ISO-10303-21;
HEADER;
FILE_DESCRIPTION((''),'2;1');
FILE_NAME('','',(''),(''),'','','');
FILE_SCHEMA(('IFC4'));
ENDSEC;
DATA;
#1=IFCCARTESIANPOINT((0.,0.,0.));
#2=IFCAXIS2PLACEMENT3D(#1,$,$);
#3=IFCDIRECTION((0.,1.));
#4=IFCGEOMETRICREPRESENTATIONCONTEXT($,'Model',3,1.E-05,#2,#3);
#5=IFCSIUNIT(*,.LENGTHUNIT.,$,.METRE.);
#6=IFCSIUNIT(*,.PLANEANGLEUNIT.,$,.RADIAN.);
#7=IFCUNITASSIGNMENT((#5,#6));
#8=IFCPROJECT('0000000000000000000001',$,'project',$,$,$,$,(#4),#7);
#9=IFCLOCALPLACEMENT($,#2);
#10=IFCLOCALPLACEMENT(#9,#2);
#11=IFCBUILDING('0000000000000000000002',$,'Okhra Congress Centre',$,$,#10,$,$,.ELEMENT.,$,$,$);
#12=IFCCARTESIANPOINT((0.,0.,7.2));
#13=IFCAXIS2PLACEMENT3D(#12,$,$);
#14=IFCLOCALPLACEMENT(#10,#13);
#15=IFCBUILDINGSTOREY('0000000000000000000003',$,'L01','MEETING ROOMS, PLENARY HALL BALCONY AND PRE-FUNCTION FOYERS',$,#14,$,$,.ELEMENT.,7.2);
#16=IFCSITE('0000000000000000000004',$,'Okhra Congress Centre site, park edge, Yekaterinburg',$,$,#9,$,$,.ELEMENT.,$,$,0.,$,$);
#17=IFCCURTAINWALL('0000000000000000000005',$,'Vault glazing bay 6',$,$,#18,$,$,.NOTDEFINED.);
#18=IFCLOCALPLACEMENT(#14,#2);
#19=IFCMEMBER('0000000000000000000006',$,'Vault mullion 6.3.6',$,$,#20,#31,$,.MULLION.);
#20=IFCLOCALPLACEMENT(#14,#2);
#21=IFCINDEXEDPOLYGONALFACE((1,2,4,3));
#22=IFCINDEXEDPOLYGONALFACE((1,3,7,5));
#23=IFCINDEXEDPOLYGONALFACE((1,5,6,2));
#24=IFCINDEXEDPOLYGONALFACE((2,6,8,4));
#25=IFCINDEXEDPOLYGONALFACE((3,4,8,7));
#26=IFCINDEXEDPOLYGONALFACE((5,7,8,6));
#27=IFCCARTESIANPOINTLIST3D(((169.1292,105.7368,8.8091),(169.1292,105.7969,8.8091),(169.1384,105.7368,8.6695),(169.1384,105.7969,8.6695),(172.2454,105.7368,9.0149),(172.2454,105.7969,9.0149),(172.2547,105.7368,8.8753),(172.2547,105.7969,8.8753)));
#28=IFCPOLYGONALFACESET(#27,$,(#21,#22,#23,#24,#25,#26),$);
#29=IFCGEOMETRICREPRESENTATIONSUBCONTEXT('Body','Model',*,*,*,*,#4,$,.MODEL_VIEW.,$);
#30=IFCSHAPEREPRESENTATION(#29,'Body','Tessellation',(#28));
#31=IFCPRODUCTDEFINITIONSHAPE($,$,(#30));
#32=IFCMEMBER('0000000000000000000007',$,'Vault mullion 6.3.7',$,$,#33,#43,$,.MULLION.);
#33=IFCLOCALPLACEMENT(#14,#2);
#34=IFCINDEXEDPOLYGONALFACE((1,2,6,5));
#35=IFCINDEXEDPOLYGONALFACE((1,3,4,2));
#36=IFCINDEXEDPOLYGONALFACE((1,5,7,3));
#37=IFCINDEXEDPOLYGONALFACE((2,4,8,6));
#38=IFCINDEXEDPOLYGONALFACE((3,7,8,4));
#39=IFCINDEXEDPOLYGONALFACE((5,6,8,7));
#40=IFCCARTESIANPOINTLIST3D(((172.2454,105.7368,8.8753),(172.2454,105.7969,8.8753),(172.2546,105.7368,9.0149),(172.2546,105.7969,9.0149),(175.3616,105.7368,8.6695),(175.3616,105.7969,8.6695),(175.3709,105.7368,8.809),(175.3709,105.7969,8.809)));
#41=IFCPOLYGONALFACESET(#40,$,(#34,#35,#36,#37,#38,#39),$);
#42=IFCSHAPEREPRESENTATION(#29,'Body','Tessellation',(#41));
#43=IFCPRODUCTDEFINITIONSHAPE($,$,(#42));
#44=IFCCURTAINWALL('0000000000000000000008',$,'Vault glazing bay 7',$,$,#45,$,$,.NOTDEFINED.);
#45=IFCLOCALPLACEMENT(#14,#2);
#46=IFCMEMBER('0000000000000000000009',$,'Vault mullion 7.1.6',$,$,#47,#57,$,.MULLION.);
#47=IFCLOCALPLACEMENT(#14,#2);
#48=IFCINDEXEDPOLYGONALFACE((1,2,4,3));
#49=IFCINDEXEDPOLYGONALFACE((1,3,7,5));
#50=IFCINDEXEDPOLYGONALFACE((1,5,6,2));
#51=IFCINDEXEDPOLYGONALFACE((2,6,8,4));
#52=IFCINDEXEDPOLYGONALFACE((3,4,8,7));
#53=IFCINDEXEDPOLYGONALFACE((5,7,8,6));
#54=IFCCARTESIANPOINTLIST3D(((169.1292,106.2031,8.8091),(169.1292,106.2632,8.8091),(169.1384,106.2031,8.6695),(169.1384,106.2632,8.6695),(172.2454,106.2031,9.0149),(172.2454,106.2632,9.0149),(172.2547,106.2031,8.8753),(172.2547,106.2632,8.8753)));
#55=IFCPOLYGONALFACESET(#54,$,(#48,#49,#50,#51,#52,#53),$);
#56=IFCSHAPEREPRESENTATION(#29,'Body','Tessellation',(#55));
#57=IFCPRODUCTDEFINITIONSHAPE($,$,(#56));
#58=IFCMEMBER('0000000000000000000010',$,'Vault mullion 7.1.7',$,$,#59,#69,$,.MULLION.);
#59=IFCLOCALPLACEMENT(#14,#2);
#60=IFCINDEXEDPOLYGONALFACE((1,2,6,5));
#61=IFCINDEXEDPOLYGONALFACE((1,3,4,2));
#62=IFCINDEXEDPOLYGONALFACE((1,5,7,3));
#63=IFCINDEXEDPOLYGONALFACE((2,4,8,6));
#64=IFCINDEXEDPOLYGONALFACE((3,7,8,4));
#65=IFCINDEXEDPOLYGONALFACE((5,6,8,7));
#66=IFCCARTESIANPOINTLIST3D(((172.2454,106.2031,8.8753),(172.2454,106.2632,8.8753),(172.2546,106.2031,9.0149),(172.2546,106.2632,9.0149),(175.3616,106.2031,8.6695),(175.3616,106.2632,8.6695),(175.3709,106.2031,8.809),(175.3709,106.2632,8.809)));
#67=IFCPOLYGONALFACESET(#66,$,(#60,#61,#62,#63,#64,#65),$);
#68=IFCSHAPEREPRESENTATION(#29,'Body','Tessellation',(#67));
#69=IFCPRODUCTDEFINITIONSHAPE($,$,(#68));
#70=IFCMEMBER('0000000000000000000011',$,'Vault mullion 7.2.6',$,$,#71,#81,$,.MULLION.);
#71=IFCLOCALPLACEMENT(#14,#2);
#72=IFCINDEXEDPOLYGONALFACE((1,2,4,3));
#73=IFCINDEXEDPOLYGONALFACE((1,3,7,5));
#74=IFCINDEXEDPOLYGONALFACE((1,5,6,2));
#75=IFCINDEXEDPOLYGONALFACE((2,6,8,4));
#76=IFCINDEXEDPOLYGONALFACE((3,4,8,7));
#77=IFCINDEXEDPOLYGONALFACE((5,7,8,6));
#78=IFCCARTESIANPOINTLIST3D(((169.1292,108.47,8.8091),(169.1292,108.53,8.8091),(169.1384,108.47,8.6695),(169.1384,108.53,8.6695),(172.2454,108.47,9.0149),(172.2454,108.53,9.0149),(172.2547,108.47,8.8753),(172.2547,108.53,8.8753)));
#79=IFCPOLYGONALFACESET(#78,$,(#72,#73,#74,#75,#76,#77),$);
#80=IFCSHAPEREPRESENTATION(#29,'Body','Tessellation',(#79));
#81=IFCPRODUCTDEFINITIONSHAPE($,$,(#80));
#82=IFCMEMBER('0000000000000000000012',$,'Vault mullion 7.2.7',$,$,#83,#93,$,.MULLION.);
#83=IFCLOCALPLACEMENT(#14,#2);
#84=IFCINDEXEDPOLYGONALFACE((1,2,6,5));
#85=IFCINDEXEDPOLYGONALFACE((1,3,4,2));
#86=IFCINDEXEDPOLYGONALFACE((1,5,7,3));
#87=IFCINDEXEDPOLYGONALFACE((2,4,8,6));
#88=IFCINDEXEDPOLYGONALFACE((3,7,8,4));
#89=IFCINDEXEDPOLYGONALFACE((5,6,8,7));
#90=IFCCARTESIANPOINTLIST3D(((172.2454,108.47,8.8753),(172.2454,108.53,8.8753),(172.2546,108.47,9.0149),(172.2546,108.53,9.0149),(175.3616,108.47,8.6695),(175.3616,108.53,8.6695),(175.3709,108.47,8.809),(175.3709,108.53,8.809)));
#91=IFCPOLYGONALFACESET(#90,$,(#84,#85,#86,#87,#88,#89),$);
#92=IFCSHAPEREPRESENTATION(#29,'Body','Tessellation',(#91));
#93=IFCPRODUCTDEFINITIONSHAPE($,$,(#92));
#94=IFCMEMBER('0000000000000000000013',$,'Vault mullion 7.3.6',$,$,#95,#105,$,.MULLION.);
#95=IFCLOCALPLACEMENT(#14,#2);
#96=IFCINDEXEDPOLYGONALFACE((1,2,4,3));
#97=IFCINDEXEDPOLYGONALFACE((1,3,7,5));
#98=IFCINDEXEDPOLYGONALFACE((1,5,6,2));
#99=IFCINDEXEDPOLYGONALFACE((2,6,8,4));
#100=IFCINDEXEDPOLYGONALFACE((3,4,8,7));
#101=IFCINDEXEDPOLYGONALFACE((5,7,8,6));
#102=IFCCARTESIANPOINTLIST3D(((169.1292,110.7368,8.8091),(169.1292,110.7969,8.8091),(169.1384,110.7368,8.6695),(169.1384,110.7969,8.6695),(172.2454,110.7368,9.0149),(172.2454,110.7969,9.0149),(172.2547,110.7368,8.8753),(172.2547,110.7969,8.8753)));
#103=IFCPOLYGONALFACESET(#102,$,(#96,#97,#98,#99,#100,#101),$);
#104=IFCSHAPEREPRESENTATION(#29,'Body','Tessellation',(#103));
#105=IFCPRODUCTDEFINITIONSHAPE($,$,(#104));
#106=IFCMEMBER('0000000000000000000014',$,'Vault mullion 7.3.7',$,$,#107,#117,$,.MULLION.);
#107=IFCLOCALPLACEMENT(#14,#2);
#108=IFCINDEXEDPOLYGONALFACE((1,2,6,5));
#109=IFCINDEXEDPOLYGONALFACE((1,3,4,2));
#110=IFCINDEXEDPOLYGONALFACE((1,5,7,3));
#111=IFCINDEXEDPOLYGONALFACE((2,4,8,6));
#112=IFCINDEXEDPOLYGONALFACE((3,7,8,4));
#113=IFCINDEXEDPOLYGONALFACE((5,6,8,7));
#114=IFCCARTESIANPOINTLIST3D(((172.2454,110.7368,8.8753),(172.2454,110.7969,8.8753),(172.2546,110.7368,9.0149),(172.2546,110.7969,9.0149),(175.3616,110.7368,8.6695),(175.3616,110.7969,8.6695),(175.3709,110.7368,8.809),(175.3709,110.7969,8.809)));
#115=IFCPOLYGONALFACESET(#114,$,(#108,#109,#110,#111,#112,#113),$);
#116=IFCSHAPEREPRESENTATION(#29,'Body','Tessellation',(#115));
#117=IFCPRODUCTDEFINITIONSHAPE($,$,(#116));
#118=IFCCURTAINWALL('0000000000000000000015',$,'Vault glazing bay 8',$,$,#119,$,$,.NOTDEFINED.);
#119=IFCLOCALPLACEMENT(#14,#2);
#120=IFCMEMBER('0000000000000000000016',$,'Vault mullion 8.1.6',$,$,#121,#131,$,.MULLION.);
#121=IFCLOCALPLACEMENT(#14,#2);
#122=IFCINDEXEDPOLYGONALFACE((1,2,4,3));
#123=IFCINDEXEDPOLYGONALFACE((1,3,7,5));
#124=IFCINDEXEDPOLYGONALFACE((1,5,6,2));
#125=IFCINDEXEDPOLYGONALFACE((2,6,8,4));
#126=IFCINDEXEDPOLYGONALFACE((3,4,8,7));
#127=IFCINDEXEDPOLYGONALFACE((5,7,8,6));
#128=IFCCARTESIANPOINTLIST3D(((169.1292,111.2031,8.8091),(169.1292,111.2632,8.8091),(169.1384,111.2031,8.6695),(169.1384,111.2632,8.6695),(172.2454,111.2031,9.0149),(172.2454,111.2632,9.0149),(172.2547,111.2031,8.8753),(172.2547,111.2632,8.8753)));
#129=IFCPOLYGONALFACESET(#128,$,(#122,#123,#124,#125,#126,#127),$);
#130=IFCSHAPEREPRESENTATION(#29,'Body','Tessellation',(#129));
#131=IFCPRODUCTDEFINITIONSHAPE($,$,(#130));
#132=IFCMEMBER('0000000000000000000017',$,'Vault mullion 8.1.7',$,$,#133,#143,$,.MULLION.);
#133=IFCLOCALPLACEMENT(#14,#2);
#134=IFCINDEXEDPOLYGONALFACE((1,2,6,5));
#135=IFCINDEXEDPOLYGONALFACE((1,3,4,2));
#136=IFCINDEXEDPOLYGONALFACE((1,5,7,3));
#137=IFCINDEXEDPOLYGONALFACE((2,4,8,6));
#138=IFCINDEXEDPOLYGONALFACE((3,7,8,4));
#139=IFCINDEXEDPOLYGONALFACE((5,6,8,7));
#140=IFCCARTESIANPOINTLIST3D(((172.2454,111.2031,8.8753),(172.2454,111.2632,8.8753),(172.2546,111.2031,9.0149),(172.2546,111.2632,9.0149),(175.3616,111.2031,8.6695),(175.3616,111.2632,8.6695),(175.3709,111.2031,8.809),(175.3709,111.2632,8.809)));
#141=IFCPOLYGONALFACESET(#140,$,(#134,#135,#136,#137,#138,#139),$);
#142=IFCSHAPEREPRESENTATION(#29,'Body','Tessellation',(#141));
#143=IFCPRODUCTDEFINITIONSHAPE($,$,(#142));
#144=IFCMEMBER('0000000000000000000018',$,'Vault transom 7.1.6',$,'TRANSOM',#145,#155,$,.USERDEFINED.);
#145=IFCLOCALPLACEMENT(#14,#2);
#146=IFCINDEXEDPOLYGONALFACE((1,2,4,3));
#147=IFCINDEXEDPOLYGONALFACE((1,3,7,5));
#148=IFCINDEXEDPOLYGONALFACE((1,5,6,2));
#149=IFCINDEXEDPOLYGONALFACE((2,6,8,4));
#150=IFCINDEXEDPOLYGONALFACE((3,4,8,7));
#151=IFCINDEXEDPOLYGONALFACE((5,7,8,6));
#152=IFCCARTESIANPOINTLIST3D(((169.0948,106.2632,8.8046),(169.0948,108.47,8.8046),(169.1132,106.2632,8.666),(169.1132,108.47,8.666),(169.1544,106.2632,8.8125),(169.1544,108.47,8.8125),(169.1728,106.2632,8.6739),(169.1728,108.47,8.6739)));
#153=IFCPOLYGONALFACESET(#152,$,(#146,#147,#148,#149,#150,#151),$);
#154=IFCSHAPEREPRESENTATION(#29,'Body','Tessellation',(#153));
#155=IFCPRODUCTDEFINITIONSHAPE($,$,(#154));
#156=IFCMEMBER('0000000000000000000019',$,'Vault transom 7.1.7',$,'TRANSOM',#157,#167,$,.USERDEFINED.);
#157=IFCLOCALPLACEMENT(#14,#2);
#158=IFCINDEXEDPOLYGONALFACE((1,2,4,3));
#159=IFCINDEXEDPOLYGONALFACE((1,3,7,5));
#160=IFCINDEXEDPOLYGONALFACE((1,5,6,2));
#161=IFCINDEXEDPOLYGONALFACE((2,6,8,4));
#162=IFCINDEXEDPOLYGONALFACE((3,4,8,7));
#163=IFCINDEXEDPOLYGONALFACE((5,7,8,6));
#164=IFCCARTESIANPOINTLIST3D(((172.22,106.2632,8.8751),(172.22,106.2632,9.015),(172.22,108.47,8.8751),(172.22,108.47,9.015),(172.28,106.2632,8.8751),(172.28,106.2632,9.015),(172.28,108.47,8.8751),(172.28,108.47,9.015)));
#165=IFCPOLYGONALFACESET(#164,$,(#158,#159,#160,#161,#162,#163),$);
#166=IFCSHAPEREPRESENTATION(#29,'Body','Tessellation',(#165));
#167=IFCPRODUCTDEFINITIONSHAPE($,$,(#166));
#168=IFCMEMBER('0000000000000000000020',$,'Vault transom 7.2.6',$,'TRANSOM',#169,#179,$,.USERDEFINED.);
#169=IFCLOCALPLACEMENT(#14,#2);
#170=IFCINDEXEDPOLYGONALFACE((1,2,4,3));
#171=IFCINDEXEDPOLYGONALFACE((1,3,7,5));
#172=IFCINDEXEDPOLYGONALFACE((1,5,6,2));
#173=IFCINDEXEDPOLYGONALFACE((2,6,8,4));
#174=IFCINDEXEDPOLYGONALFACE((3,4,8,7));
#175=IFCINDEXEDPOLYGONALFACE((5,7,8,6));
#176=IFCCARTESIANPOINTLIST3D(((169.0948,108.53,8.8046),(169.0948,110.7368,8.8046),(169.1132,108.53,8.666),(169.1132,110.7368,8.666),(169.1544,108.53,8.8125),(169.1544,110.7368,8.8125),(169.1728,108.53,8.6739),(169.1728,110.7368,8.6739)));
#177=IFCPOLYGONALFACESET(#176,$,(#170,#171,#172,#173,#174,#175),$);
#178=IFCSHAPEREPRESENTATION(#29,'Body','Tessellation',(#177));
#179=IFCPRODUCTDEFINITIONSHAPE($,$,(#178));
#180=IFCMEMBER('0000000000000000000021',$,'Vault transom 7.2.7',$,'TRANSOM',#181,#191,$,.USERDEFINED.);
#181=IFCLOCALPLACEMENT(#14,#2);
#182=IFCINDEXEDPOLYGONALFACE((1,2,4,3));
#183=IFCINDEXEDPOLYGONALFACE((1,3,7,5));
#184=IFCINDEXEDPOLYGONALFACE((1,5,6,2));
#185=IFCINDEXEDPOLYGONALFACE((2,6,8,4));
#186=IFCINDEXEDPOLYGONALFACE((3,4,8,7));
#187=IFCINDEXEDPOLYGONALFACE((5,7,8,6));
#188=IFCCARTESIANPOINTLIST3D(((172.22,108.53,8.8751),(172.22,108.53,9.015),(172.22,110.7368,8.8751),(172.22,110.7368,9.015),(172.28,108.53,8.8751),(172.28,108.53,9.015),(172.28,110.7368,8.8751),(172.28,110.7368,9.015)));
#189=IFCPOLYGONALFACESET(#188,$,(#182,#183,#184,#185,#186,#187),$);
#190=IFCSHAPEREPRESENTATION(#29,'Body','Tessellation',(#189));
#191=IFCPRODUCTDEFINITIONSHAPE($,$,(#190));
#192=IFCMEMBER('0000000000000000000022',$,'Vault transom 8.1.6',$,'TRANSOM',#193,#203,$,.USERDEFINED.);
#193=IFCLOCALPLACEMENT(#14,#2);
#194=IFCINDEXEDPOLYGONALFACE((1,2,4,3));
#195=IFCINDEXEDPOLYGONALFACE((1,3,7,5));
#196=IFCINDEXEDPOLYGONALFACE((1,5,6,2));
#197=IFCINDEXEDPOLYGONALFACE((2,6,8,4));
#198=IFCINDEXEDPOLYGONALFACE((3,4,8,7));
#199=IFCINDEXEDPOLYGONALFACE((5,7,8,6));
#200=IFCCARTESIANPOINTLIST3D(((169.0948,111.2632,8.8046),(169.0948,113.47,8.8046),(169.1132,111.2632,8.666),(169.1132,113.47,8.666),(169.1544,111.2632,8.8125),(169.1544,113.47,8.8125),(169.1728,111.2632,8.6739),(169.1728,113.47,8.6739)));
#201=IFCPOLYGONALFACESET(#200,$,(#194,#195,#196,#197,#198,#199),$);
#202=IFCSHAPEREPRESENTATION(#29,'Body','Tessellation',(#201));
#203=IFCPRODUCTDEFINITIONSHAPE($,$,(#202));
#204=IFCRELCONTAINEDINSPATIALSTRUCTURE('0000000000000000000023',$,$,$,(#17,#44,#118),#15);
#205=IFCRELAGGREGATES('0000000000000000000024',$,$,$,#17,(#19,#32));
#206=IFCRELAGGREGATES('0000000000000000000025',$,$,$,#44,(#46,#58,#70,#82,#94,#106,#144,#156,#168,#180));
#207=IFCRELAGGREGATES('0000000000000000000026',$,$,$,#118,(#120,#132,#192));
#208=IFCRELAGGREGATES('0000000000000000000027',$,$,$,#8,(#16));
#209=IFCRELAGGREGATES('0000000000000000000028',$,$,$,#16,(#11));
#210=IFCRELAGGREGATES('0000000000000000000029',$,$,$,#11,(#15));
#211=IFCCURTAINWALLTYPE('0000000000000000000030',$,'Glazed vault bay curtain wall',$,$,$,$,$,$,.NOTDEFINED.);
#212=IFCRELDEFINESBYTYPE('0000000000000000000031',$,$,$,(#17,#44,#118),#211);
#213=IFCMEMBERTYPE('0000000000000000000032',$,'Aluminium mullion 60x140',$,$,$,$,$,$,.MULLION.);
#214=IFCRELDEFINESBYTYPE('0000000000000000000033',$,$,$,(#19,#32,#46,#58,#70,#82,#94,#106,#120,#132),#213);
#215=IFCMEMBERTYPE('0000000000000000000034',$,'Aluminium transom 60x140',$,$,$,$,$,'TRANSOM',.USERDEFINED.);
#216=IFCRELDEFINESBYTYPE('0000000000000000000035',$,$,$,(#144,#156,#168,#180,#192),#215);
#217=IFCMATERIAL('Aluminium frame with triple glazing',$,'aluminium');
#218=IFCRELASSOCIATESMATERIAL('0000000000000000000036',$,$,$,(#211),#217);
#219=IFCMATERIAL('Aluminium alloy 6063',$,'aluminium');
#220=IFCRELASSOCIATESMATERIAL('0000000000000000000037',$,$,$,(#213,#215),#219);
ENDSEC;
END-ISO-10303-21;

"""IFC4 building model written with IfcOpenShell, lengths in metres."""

from ifc_helpers import new_model, si_unit, direction, frame, origin, origin_2d, place, context, subcontext, project, spatial, rectangle, extrude, material, material_profile, profile_set, type_object, element, aggregate, save


model = new_model("IFC4")

# Units and contexts
model_context = context("Model", 3, precision=1e-05, world=origin(), true_north=direction((0.0, 1.0)))
body_context = subcontext(model_context, "Body", "Model", "MODEL_VIEW")
ifc_project = project(units=[si_unit("LENGTHUNIT", "METRE"), si_unit("PLANEANGLEUNIT", "RADIAN")], contexts=[model_context])

# Site, building, storey
site_placement = place(None, origin())
site = spatial("IfcSite", under=ifc_project, at=site_placement, Name="Okhra Congress Centre site, park edge, Yekaterinburg", CompositionType="ELEMENT", RefElevation=0.0)
building_placement = place(site_placement, origin())
building = spatial("IfcBuilding", under=site, at=building_placement, Name="Okhra Congress Centre", CompositionType="ELEMENT")
storey_placement = place(building_placement, frame((0.0, 0.0, 7.2)))
storey = spatial("IfcBuildingStorey", under=building, at=storey_placement, Name="L01", Description="MEETING ROOMS, PLENARY HALL BALCONY AND PRE-FUNCTION FOYERS", CompositionType="ELEMENT", Elevation=7.2)

# Curtain walls, members
ifc_material_1 = material(Name="Aluminium frame with triple glazing", Category="aluminium")
curtain_wall_type = type_object("IfcCurtainWallType", Name="Glazed vault bay curtain wall", PredefinedType="NOTDEFINED", material=ifc_material_1)
curtain_wall_1_placement = place(storey_placement, origin())
curtain_wall_1 = element("IfcCurtainWall", 1, at=curtain_wall_1_placement, inside=storey, type_object=curtain_wall_type, Name="Vault glazing bay 6", PredefinedType="NOTDEFINED")
ifc_material_2 = material(Name="Aluminium alloy 6063", Category="aluminium")
ifc_material_profile_1 = material_profile(ifc_material_2, rectangle(XDim=0.0601, YDim=0.1399, at=origin_2d()), Name="AL 60x140")
ifc_profile_set_1 = profile_set([ifc_material_profile_1], Name="Aluminium alloy 6063")
member_type_1 = type_object("IfcMemberType", Name="Aluminium mullion 60x140", PredefinedType="MULLION", material=ifc_profile_set_1)
member_1_placement = place(storey_placement, frame((169.1338, 105.7668, 8.7393), z_axis=(0.997826, 0.0, 0.065902), x_axis=(0.0, 1.0, 0.0)))
member_1 = element("IfcMember", 2, at=member_1_placement, type_object=member_type_1, Name="Vault mullion 6.3.6", PredefinedType="MULLION", context=body_context, shape_type="SweptSolid", body=[
    extrude(rectangle(XDim=0.0601, YDim=0.1399, at=origin_2d()), origin(), (0.0, 0.0, 1.0), 3.123),
])
member_2_placement = place(storey_placement, frame((172.25, 105.7668, 8.9451), z_axis=(0.997826, 0.0, -0.065902), x_axis=(0.0, 1.0, 0.0)))
member_2 = element("IfcMember", 3, at=member_2_placement, type_object=member_type_1, Name="Vault mullion 6.3.7", PredefinedType="MULLION", context=body_context, shape_type="SweptSolid", body=[
    extrude(rectangle(XDim=0.0601, YDim=0.1399, at=origin_2d()), origin(), (0.0, 0.0, 1.0), 3.123),
])
aggregate(curtain_wall_1, [member_1, member_2])
curtain_wall_2_placement = place(storey_placement, origin())
curtain_wall_2 = element("IfcCurtainWall", 4, at=curtain_wall_2_placement, inside=storey, type_object=curtain_wall_type, Name="Vault glazing bay 7", PredefinedType="NOTDEFINED")
member_3_placement = place(storey_placement, frame((169.1338, 106.2332, 8.7393), z_axis=(0.997826, 0.0, 0.065902), x_axis=(0.0, 1.0, 0.0)))
member_3 = element("IfcMember", 5, at=member_3_placement, type_object=member_type_1, Name="Vault mullion 7.1.6", PredefinedType="MULLION", context=body_context, shape_type="SweptSolid", body=[
    extrude(rectangle(XDim=0.0601, YDim=0.1399, at=origin_2d()), origin(), (0.0, 0.0, 1.0), 3.123),
])
member_4_placement = place(storey_placement, frame((172.25, 106.2332, 8.9451), z_axis=(0.997826, 0.0, -0.065902), x_axis=(0.0, 1.0, 0.0)))
member_4 = element("IfcMember", 6, at=member_4_placement, type_object=member_type_1, Name="Vault mullion 7.1.7", PredefinedType="MULLION", context=body_context, shape_type="SweptSolid", body=[
    extrude(rectangle(XDim=0.0601, YDim=0.1399, at=origin_2d()), origin(), (0.0, 0.0, 1.0), 3.123),
])
member_5_placement = place(storey_placement, frame((169.1338, 108.5, 8.7393), z_axis=(0.997826, 0.0, 0.065902), x_axis=(0.0, 1.0, 0.0)))
member_5 = element("IfcMember", 7, at=member_5_placement, type_object=member_type_1, Name="Vault mullion 7.2.6", PredefinedType="MULLION", context=body_context, shape_type="SweptSolid", body=[
    extrude(rectangle(XDim=0.0601, YDim=0.1399, at=origin_2d()), origin(), (0.0, 0.0, 1.0), 3.123),
])
member_6_placement = place(storey_placement, frame((172.25, 108.5, 8.9451), z_axis=(0.997826, 0.0, -0.065902), x_axis=(0.0, 1.0, 0.0)))
member_6 = element("IfcMember", 8, at=member_6_placement, type_object=member_type_1, Name="Vault mullion 7.2.7", PredefinedType="MULLION", context=body_context, shape_type="SweptSolid", body=[
    extrude(rectangle(XDim=0.0601, YDim=0.1399, at=origin_2d()), origin(), (0.0, 0.0, 1.0), 3.123),
])
member_7_placement = place(storey_placement, frame((169.1338, 110.7668, 8.7393), z_axis=(0.997826, 0.0, 0.065902), x_axis=(0.0, 1.0, 0.0)))
member_7 = element("IfcMember", 9, at=member_7_placement, type_object=member_type_1, Name="Vault mullion 7.3.6", PredefinedType="MULLION", context=body_context, shape_type="SweptSolid", body=[
    extrude(rectangle(XDim=0.0601, YDim=0.1399, at=origin_2d()), origin(), (0.0, 0.0, 1.0), 3.123),
])
member_8_placement = place(storey_placement, frame((172.25, 110.7668, 8.9451), z_axis=(0.997826, 0.0, -0.065902), x_axis=(0.0, 1.0, 0.0)))
member_8 = element("IfcMember", 10, at=member_8_placement, type_object=member_type_1, Name="Vault mullion 7.3.7", PredefinedType="MULLION", context=body_context, shape_type="SweptSolid", body=[
    extrude(rectangle(XDim=0.0601, YDim=0.1399, at=origin_2d()), origin(), (0.0, 0.0, 1.0), 3.123),
])
curtain_wall_3_placement = place(storey_placement, origin())
curtain_wall_3 = element("IfcCurtainWall", 11, at=curtain_wall_3_placement, inside=storey, type_object=curtain_wall_type, Name="Vault glazing bay 8", PredefinedType="NOTDEFINED")
member_9_placement = place(storey_placement, frame((169.1338, 111.2332, 8.7393), z_axis=(0.997826, 0.0, 0.065902), x_axis=(0.0, 1.0, 0.0)))
member_9 = element("IfcMember", 12, at=member_9_placement, type_object=member_type_1, Name="Vault mullion 8.1.6", PredefinedType="MULLION", context=body_context, shape_type="SweptSolid", body=[
    extrude(rectangle(XDim=0.0601, YDim=0.1399, at=origin_2d()), origin(), (0.0, 0.0, 1.0), 3.123),
])
member_10_placement = place(storey_placement, frame((172.25, 111.2332, 8.9451), z_axis=(0.997826, 0.0, -0.065902), x_axis=(0.0, 1.0, 0.0)))
member_10 = element("IfcMember", 13, at=member_10_placement, type_object=member_type_1, Name="Vault mullion 8.1.7", PredefinedType="MULLION", context=body_context, shape_type="SweptSolid", body=[
    extrude(rectangle(XDim=0.0601, YDim=0.1399, at=origin_2d()), origin(), (0.0, 0.0, 1.0), 3.123),
])

# Members
ifc_material_profile_2 = material_profile(ifc_material_2, rectangle(XDim=0.0601, YDim=0.1399, at=origin_2d()), Name="AL 60x140 transom")
ifc_profile_set_2 = profile_set([ifc_material_profile_2], Name="Aluminium alloy 6063")
member_type_2 = type_object("IfcMemberType", Name="Aluminium transom 60x140", ElementType="TRANSOM", PredefinedType="USERDEFINED", material=ifc_profile_set_2)
member_11_placement = place(storey_placement, frame((169.1338, 106.2632, 8.7393), z_axis=(0.0, 1.0, 0.0), x_axis=(-0.991307, 0.0, -0.131568)))
member_11 = element("IfcMember", 14, at=member_11_placement, type_object=member_type_2, Name="Vault transom 7.1.6", ObjectType="TRANSOM", PredefinedType="USERDEFINED", context=body_context, shape_type="SweptSolid", body=[
    extrude(rectangle(XDim=0.0601, YDim=0.1399, at=origin_2d()), origin(), (0.0, 0.0, 1.0), 2.2068),
])
member_12_placement = place(storey_placement, frame((172.25, 106.2632, 8.9451), z_axis=(0.0, 1.0, 0.0), x_axis=(-1.0, 0.0, 0.0)))
member_12 = element("IfcMember", 15, at=member_12_placement, type_object=member_type_2, Name="Vault transom 7.1.7", ObjectType="TRANSOM", PredefinedType="USERDEFINED", context=body_context, shape_type="SweptSolid", body=[
    extrude(rectangle(XDim=0.0601, YDim=0.1399, at=origin_2d()), origin(), (0.0, 0.0, 1.0), 2.2068),
])
member_13_placement = place(storey_placement, frame((169.1338, 108.53, 8.7393), z_axis=(0.0, 1.0, 0.0), x_axis=(-0.991307, 0.0, -0.131568)))
member_13 = element("IfcMember", 16, at=member_13_placement, type_object=member_type_2, Name="Vault transom 7.2.6", ObjectType="TRANSOM", PredefinedType="USERDEFINED", context=body_context, shape_type="SweptSolid", body=[
    extrude(rectangle(XDim=0.0601, YDim=0.1399, at=origin_2d()), origin(), (0.0, 0.0, 1.0), 2.2068),
])
member_14_placement = place(storey_placement, frame((172.25, 108.53, 8.9451), z_axis=(0.0, 1.0, 0.0), x_axis=(-1.0, 0.0, 0.0)))
member_14 = element("IfcMember", 17, at=member_14_placement, type_object=member_type_2, Name="Vault transom 7.2.7", ObjectType="TRANSOM", PredefinedType="USERDEFINED", context=body_context, shape_type="SweptSolid", body=[
    extrude(rectangle(XDim=0.0601, YDim=0.1399, at=origin_2d()), origin(), (0.0, 0.0, 1.0), 2.2068),
])
member_15_placement = place(storey_placement, frame((169.1338, 111.2632, 8.7393), z_axis=(0.0, 1.0, 0.0), x_axis=(-0.991307, 0.0, -0.131568)))
member_15 = element("IfcMember", 18, at=member_15_placement, type_object=member_type_2, Name="Vault transom 8.1.6", ObjectType="TRANSOM", PredefinedType="USERDEFINED", context=body_context, shape_type="SweptSolid", body=[
    extrude(rectangle(XDim=0.0601, YDim=0.1399, at=origin_2d()), origin(), (0.0, 0.0, 1.0), 2.2068),
])

aggregate(curtain_wall_2, [member_3, member_4, member_5, member_6, member_7, member_8, member_11, member_12, member_13, member_14])
aggregate(curtain_wall_3, [member_9, member_10, member_15])

save(model, "model.ifc")
